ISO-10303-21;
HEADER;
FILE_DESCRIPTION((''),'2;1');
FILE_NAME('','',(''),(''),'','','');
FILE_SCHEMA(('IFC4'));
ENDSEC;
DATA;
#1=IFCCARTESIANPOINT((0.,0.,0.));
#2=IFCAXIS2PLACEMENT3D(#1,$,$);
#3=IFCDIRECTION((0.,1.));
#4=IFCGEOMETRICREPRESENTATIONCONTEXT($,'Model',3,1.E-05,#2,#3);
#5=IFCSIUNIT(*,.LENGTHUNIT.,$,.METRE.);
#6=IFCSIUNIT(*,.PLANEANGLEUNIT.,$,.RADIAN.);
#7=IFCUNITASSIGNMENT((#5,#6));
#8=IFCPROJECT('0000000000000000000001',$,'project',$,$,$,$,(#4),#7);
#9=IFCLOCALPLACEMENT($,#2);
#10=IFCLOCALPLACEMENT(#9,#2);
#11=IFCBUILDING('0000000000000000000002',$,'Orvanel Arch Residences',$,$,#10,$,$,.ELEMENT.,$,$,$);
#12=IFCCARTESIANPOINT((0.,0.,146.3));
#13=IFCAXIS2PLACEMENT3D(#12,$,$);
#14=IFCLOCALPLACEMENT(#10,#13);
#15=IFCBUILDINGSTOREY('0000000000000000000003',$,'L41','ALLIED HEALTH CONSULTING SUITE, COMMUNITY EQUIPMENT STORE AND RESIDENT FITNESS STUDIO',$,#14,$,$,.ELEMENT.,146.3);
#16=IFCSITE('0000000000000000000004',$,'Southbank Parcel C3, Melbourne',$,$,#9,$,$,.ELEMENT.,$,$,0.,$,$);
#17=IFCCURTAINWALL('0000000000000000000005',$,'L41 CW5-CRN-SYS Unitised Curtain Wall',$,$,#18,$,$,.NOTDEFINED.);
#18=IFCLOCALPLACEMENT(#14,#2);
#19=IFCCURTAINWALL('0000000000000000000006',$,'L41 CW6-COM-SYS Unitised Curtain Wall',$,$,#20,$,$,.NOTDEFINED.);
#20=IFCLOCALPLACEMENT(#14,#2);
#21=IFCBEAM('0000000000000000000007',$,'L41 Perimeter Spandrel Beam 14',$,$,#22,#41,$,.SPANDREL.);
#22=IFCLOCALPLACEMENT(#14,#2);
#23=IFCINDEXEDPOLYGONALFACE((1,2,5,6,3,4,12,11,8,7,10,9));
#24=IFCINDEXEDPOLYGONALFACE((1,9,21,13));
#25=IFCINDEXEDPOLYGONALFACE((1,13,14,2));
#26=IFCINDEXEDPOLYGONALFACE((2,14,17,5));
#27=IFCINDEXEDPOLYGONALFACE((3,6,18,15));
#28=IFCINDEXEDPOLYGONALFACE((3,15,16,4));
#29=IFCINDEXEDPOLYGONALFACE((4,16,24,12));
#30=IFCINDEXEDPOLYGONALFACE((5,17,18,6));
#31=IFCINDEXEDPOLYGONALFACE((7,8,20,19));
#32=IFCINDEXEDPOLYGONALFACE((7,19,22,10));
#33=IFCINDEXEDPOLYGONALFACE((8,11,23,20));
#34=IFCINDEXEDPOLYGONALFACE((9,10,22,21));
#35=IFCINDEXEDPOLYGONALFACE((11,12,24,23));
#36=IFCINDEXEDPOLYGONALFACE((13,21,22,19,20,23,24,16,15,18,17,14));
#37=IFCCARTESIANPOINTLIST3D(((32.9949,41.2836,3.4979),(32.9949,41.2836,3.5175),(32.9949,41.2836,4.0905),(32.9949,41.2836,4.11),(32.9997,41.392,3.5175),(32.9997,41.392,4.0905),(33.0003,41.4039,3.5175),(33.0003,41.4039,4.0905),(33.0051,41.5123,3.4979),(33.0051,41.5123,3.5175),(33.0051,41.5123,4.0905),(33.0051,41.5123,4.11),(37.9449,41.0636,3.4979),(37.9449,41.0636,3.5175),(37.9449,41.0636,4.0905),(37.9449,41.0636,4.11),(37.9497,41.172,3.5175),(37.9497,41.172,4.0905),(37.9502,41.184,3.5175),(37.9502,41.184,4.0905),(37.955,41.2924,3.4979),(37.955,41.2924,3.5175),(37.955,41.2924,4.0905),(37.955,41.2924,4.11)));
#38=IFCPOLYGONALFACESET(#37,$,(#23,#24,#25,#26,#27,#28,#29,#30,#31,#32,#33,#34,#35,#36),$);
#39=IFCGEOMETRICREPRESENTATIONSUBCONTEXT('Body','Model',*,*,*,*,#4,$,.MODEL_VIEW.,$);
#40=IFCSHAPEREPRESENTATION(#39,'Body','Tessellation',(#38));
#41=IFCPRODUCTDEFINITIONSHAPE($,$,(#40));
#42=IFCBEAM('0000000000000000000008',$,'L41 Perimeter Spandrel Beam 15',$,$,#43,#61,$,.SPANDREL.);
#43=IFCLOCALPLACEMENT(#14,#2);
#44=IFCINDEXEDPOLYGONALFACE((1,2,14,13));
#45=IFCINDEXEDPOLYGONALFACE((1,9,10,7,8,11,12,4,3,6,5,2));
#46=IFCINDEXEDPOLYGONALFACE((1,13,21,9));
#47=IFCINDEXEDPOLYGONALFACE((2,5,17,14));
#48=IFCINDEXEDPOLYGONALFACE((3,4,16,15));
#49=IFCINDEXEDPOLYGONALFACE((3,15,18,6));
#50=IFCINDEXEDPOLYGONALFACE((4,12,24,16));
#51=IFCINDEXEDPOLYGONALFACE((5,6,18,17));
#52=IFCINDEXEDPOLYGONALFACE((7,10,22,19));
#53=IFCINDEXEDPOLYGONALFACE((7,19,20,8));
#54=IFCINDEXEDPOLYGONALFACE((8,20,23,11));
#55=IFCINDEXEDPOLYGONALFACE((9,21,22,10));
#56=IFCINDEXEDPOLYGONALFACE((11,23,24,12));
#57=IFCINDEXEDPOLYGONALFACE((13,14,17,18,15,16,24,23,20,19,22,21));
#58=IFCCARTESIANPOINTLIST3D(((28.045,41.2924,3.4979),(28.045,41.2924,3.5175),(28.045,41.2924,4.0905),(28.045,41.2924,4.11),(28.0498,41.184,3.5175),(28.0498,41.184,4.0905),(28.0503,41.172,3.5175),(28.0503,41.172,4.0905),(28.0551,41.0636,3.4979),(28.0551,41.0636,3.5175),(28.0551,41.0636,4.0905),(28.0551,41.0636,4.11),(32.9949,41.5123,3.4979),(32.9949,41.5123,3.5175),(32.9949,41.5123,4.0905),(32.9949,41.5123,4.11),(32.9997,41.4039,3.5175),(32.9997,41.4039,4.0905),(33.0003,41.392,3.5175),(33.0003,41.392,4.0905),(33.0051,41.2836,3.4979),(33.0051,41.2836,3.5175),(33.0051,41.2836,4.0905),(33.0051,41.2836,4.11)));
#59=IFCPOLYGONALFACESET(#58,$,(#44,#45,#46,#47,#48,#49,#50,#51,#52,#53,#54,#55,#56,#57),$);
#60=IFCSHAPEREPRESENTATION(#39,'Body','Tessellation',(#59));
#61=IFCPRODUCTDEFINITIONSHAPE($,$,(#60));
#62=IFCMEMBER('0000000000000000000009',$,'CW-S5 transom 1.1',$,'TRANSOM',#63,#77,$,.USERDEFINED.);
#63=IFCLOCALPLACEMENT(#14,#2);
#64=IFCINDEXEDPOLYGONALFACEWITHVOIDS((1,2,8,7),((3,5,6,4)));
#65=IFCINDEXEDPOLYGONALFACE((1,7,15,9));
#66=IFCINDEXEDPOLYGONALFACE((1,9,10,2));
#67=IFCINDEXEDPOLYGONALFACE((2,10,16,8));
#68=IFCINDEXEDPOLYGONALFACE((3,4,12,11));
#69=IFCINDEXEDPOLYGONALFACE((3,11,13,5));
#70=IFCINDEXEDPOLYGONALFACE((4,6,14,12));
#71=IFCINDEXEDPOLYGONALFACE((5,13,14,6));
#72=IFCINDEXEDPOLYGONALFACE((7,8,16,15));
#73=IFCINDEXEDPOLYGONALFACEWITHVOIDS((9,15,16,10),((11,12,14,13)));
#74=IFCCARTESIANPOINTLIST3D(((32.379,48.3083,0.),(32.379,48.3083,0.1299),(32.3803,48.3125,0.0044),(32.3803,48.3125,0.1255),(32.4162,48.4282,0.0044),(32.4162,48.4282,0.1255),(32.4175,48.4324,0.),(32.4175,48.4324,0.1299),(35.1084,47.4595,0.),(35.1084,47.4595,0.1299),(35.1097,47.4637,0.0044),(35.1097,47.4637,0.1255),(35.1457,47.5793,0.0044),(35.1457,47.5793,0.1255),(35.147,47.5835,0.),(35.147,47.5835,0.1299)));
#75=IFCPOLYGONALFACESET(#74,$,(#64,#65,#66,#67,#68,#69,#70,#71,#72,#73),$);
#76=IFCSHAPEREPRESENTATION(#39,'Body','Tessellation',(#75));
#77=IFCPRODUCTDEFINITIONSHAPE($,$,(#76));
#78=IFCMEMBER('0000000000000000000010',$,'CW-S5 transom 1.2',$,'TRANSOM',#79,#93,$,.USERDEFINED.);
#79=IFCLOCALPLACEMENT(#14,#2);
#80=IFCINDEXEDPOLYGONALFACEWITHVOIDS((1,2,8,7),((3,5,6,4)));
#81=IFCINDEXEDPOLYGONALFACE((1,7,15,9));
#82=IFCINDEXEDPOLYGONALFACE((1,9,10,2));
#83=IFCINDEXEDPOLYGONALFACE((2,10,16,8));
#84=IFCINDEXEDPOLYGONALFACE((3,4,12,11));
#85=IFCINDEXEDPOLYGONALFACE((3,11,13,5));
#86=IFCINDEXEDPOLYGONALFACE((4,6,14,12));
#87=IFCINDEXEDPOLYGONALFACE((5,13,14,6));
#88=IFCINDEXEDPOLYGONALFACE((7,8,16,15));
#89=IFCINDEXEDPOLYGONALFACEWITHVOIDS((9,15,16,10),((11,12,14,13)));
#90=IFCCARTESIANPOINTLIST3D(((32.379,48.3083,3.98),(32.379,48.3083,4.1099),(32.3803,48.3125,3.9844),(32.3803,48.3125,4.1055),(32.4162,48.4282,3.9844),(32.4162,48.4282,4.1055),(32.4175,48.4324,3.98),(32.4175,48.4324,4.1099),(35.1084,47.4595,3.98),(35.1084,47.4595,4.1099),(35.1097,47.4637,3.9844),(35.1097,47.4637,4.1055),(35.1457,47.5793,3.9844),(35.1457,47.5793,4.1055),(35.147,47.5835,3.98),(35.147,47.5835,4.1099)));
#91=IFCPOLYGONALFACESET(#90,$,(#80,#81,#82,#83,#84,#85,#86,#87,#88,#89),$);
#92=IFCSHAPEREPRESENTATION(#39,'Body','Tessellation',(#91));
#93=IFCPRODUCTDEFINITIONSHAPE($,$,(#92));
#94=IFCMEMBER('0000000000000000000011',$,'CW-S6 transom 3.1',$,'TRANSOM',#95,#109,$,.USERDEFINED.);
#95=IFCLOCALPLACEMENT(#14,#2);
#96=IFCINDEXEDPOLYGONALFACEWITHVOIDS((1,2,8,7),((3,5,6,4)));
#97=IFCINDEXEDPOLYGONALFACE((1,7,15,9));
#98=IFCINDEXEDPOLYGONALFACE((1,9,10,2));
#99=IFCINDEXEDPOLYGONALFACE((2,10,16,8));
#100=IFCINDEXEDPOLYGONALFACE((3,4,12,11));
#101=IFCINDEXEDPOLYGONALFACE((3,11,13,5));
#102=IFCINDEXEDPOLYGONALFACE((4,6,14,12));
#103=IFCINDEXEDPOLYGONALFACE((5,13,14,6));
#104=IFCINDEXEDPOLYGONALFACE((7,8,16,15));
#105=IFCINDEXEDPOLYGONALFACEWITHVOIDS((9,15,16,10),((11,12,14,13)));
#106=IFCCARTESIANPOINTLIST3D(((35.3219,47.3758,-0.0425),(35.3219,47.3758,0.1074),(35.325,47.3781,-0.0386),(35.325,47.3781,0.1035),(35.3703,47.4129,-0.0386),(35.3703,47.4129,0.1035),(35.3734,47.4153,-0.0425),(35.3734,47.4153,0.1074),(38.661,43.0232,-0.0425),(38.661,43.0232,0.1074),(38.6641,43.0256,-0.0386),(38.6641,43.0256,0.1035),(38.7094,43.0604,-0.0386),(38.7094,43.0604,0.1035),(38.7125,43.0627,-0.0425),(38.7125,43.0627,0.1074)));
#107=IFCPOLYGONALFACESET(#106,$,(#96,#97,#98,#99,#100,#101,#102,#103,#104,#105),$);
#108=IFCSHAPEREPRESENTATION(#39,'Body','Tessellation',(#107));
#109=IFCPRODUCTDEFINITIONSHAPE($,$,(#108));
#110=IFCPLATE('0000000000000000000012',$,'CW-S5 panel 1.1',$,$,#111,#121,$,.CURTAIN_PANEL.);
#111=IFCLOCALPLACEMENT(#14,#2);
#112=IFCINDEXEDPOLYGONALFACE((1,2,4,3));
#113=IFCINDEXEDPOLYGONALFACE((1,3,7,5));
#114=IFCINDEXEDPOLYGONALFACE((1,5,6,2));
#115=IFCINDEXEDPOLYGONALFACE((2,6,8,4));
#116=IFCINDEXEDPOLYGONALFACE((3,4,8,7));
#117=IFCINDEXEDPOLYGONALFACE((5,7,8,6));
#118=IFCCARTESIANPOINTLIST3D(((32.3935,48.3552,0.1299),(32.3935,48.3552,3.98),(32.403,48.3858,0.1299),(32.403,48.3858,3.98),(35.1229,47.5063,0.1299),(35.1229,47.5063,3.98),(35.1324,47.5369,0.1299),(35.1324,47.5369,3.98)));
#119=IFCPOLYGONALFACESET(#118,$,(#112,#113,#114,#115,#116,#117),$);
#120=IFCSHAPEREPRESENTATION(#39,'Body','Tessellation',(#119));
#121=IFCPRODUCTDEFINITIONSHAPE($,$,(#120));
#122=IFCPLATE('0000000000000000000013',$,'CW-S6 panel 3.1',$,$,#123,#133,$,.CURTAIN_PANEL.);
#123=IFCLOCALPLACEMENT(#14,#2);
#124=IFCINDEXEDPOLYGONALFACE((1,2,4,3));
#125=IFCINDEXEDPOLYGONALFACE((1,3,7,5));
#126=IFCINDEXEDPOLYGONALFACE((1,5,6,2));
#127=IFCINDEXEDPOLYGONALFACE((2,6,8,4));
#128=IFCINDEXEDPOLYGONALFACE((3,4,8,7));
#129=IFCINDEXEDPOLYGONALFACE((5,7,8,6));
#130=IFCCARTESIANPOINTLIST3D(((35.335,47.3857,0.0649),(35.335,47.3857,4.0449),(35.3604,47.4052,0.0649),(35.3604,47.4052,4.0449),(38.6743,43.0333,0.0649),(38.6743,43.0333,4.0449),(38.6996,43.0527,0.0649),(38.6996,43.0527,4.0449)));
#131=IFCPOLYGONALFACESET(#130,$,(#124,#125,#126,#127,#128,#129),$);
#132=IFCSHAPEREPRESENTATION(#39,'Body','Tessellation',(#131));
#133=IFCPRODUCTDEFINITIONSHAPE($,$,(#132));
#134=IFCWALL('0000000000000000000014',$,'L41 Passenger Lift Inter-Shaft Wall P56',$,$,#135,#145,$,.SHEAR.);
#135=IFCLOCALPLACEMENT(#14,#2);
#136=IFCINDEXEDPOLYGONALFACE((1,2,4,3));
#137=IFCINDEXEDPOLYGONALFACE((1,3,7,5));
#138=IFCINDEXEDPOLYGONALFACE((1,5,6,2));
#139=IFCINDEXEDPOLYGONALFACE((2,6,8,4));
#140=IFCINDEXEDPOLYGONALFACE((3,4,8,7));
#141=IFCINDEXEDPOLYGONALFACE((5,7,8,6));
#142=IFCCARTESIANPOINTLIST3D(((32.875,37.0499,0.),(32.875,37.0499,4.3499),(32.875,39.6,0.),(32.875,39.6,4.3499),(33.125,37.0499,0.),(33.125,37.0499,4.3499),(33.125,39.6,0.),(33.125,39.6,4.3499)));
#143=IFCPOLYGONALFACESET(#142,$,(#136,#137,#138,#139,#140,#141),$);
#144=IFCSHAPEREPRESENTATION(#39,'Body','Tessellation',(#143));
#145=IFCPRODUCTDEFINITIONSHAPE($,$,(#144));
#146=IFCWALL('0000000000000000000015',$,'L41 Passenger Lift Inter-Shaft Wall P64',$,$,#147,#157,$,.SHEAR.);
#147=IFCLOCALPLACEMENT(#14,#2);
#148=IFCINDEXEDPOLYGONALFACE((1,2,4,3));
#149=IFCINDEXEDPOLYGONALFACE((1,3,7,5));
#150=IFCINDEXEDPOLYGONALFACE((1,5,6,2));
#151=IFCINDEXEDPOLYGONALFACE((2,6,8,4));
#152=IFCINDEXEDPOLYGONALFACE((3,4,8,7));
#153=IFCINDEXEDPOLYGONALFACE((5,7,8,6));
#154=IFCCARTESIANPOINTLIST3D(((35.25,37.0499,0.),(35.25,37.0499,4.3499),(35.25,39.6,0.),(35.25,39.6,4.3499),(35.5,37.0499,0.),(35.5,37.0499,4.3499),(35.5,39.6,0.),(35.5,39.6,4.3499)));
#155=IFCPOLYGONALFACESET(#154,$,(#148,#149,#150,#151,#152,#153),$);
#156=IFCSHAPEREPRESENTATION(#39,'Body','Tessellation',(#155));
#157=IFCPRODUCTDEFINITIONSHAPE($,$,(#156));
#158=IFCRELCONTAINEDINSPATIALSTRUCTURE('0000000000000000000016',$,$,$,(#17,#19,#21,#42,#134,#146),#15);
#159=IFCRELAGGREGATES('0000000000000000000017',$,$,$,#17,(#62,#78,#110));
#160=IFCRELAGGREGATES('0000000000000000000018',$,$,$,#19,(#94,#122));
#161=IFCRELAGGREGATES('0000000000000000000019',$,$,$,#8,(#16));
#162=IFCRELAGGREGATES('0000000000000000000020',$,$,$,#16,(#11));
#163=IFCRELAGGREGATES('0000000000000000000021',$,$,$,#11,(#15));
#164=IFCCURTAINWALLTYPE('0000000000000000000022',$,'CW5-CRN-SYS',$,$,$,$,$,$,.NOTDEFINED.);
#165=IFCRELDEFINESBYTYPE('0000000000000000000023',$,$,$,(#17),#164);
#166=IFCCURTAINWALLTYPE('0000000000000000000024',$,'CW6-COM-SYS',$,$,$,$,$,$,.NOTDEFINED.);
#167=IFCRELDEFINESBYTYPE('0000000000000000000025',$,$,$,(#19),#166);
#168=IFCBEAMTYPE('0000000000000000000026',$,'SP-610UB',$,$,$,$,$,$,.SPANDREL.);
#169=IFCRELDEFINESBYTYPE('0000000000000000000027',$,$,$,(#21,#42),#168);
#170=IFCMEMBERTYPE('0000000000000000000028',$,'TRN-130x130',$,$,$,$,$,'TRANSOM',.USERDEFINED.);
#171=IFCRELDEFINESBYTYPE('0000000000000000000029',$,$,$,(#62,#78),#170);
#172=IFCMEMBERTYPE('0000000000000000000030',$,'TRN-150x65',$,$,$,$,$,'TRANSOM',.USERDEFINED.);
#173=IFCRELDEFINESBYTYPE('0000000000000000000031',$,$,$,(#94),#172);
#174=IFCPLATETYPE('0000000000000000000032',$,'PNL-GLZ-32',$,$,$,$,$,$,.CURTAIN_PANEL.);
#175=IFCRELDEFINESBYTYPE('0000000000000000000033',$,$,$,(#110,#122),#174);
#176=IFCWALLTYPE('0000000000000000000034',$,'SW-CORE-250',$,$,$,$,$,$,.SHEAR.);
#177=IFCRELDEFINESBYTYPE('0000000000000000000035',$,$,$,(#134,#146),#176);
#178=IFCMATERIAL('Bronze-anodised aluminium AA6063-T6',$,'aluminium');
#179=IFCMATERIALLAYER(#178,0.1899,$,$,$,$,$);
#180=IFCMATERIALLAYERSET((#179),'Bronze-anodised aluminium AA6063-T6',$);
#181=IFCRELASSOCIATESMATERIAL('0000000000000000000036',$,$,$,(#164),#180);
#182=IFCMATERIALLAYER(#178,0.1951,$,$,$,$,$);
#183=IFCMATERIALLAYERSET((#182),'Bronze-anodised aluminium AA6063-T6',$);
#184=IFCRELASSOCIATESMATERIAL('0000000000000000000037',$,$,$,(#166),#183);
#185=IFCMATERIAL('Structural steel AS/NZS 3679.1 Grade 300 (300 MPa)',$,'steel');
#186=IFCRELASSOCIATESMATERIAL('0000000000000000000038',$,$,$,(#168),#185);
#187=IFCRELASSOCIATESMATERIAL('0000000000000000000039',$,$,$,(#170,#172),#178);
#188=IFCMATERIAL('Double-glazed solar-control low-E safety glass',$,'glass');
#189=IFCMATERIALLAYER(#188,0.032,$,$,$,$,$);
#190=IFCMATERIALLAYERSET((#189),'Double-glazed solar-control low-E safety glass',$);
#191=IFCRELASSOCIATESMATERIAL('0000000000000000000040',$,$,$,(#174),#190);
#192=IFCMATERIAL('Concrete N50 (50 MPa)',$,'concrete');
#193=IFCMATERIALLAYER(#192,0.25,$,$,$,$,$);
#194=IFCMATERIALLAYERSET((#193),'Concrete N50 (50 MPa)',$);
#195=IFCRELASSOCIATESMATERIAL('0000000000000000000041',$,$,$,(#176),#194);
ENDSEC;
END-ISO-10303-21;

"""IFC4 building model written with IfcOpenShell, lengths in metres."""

from ifc_helpers import new_model, si_unit, direction, frame, frame_2d, origin, origin_2d, place, context, subcontext, project, spatial, rectangle, hollow_rectangle, i_section, extrude, material, layer, layer_set, material_profile, profile_set, type_object, element, aggregate, save


model = new_model("IFC4")

# Units and contexts
model_context = context("Model", 3, precision=1e-05, world=origin(), true_north=direction((0.0, 1.0)))
body_context = subcontext(model_context, "Body", "Model", "MODEL_VIEW")
ifc_project = project(units=[si_unit("LENGTHUNIT", "METRE"), si_unit("PLANEANGLEUNIT", "RADIAN")], contexts=[model_context])

# Site, building, storey
site_placement = place(None, origin())
site = spatial("IfcSite", under=ifc_project, at=site_placement, Name="Southbank Parcel C3, Melbourne", CompositionType="ELEMENT", RefElevation=0.0)
building_placement = place(site_placement, origin())
building = spatial("IfcBuilding", under=site, at=building_placement, Name="Orvanel Arch Residences", CompositionType="ELEMENT")
storey_placement = place(building_placement, frame((0.0, 0.0, 146.3)))
storey = spatial("IfcBuildingStorey", under=building, at=storey_placement, Name="L41", Description="ALLIED HEALTH CONSULTING SUITE, COMMUNITY EQUIPMENT STORE AND RESIDENT FITNESS STUDIO", CompositionType="ELEMENT", Elevation=146.3)

# Shared definitions
ifc_material_1 = material(Name="Structural steel AS/NZS 3679.1 Grade 300 (300 MPa)", Category="steel")

# Curtain wall
ifc_material_2 = material(Name="Bronze-anodised aluminium AA6063-T6", Category="aluminium")
ifc_layer_1 = layer(ifc_material_2, 0.1899)
ifc_layer_set_1 = layer_set([ifc_layer_1], Name="Bronze-anodised aluminium AA6063-T6")
curtain_wall_type_1 = type_object("IfcCurtainWallType", Name="CW5-CRN-SYS", PredefinedType="NOTDEFINED", material=ifc_layer_set_1)
curtain_wall_1_placement = place(storey_placement, origin())
curtain_wall_1 = element("IfcCurtainWall", 1, at=curtain_wall_1_placement, inside=storey, type_object=curtain_wall_type_1, Name="L41 CW5-CRN-SYS Unitised Curtain Wall", PredefinedType="NOTDEFINED")

# Curtain wall
ifc_layer_2 = layer(ifc_material_2, 0.1951)
ifc_layer_set_2 = layer_set([ifc_layer_2], Name="Bronze-anodised aluminium AA6063-T6")
curtain_wall_type_2 = type_object("IfcCurtainWallType", Name="CW6-COM-SYS", PredefinedType="NOTDEFINED", material=ifc_layer_set_2)
curtain_wall_2_placement = place(storey_placement, origin())
curtain_wall_2 = element("IfcCurtainWall", 2, at=curtain_wall_2_placement, inside=storey, type_object=curtain_wall_type_2, Name="L41 CW6-COM-SYS Unitised Curtain Wall", PredefinedType="NOTDEFINED")

# Beams
ifc_material_profile_1 = material_profile(ifc_material_1, i_section(OverallWidth=0.229, OverallDepth=0.6121, WebThickness=0.012, FlangeThickness=0.0195, at=origin_2d()), Name="610UB125")
ifc_profile_set_1 = profile_set([ifc_material_profile_1], Name="Structural steel AS/NZS 3679.1 Grade 300 (300 MPa)")
beam_type_1 = type_object("IfcBeamType", Name="SP-610UB", PredefinedType="SPANDREL", material=ifc_profile_set_1)
for number, where, z_axis, x_axis, name in (
    (3, (37.95, 41.178, 3.804), (-0.999014, 0.044395, 0.0), (-0.044395, -0.999014, 0.0), "L41 Perimeter Spandrel Beam 14"),
    (4, (33.0, 41.3979, 3.804), (-0.999014, -0.044395, 0.0), (0.044395, -0.999014, 0.0), "L41 Perimeter Spandrel Beam 15"),
):
    element("IfcBeam", number, at=place(storey_placement, frame(where, z_axis=z_axis, x_axis=x_axis)), inside=storey, type_object=beam_type_1, Name=name, PredefinedType="SPANDREL", context=body_context, shape_type="SweptSolid", body=[
        extrude(i_section(OverallWidth=0.229, OverallDepth=0.6121, WebThickness=0.012, FlangeThickness=0.0195, at=origin_2d()), origin(), (0.0, 0.0, 1.0), 4.9548),
    ])

# Members
ifc_material_profile_2 = material_profile(ifc_material_2, hollow_rectangle(XDim=0.1299, YDim=0.1299, WallThickness=0.0044, at=origin_2d()), Name="ALU130x130x4.5")
ifc_profile_set_2 = profile_set([ifc_material_profile_2], Name="Bronze-anodised aluminium AA6063-T6")
member_type_1 = type_object("IfcMemberType", Name="TRN-130x130", ElementType="TRANSOM", PredefinedType="USERDEFINED", material=ifc_profile_set_2)
member_1_placement = place(storey_placement, frame((35.1277, 47.5215, 0.0649), z_axis=(-0.954886, 0.296971, 0.0), x_axis=(-0.296971, -0.954886, 0.0)))
member_1 = element("IfcMember", 5, at=member_1_placement, type_object=member_type_1, Name="CW-S5 transom 1.1", ObjectType="TRANSOM", PredefinedType="USERDEFINED", context=body_context, shape_type="SweptSolid", body=[
    extrude(hollow_rectangle(XDim=0.1299, YDim=0.1299, WallThickness=0.0044, at=origin_2d()), origin(), (0.0, 0.0, 1.0), 2.8584),
])
member_2_placement = place(storey_placement, frame((35.1277, 47.5215, 4.0449), z_axis=(-0.954886, 0.296971, 0.0), x_axis=(-0.296971, -0.954886, 0.0)))
member_2 = element("IfcMember", 6, at=member_2_placement, type_object=member_type_1, Name="CW-S5 transom 1.2", ObjectType="TRANSOM", PredefinedType="USERDEFINED", context=body_context, shape_type="SweptSolid", body=[
    extrude(hollow_rectangle(XDim=0.1299, YDim=0.1299, WallThickness=0.0044, at=origin_2d()), origin(), (0.0, 0.0, 1.0), 2.8584),
])
ifc_material_profile_3 = material_profile(ifc_material_2, hollow_rectangle(XDim=0.0649, YDim=0.1499, WallThickness=0.0039, at=origin_2d()), Name="ALU150x65x4")
ifc_profile_set_3 = profile_set([ifc_material_profile_3], Name="Bronze-anodised aluminium AA6063-T6")
member_type_2 = type_object("IfcMemberType", Name="TRN-150x65", ElementType="TRANSOM", PredefinedType="USERDEFINED", material=ifc_profile_set_3)
member_3_placement = place(storey_placement, frame((38.6868, 43.043, 0.0325), z_axis=(-0.60868, 0.793416, 0.0), x_axis=(-0.793416, -0.60868, 0.0)))
member_3 = element("IfcMember", 7, at=member_3_placement, type_object=member_type_2, Name="CW-S6 transom 3.1", ObjectType="TRANSOM", PredefinedType="USERDEFINED", context=body_context, shape_type="SweptSolid", body=[
    extrude(hollow_rectangle(XDim=0.0649, YDim=0.1499, WallThickness=0.0039, at=origin_2d()), origin(), (0.0, 0.0, 1.0), 5.4858),
])

# Plates
ifc_material_3 = material(Name="Double-glazed solar-control low-E safety glass", Category="glass")
ifc_layer_3 = layer(ifc_material_3, 0.032)
ifc_layer_set_3 = layer_set([ifc_layer_3], Name="Double-glazed solar-control low-E safety glass")
plate_type = type_object("IfcPlateType", Name="PNL-GLZ-32", PredefinedType="CURTAIN_PANEL", material=ifc_layer_set_3)
plate_1_placement = place(storey_placement, frame((33.7629, 47.946, 0.1299), z_axis=(0.0, 0.0, 1.0), x_axis=(-0.954885, 0.296977, 0.0)))
plate_1 = element("IfcPlate", 8, at=plate_1_placement, type_object=plate_type, Name="CW-S5 panel 1.1", PredefinedType="CURTAIN_PANEL", context=body_context, shape_type="SweptSolid", body=[
    extrude(rectangle(XDim=2.8584, YDim=0.032, at=origin_2d()), origin(), (0.0, 0.0, 1.0), 3.8501),
])
aggregate(curtain_wall_1, [member_1, member_2, plate_1])
plate_2_placement = place(storey_placement, frame((37.0173, 45.2192, 0.0649), z_axis=(0.0, 0.0, 1.0), x_axis=(-0.6087, 0.7934, 0.0)))
plate_2 = element("IfcPlate", 9, at=plate_2_placement, type_object=plate_type, Name="CW-S6 panel 3.1", PredefinedType="CURTAIN_PANEL", context=body_context, shape_type="SweptSolid", body=[
    extrude(rectangle(XDim=5.4858, YDim=0.032, at=origin_2d()), origin(), (0.0, 0.0, 1.0), 3.98),
])
aggregate(curtain_wall_2, [member_3, plate_2])

# Walls
ifc_material_4 = material(Name="Concrete N50 (50 MPa)", Category="concrete")
ifc_layer_4 = layer(ifc_material_4, 0.25)
ifc_layer_set_4 = layer_set([ifc_layer_4], Name="Concrete N50 (50 MPa)")
wall_type_1 = type_object("IfcWallType", Name="SW-CORE-250", PredefinedType="SHEAR", material=ifc_layer_set_4)
for number, where, z_axis, x_axis, name in (
    (10, (33.0, 37.05, 0.0), (0.0, 0.0, 1.0), (0.0, 1.0, 0.0), "L41 Passenger Lift Inter-Shaft Wall P56"),
    (11, (35.375, 37.05, 0.0), (0.0, 0.0, 1.0), (0.0, 1.0, 0.0), "L41 Passenger Lift Inter-Shaft Wall P64"),
):
    element("IfcWall", number, at=place(storey_placement, frame(where, z_axis=z_axis, x_axis=x_axis)), inside=storey, type_object=wall_type_1, Name=name, PredefinedType="SHEAR", context=body_context, shape_type="SweptSolid", body=[
        extrude(rectangle(XDim=2.55, YDim=0.25, at=frame_2d((1.2749, 0.0))), origin(), (0.0, 0.0, 1.0), 4.3499),
    ])

save(model, "model.ifc")
